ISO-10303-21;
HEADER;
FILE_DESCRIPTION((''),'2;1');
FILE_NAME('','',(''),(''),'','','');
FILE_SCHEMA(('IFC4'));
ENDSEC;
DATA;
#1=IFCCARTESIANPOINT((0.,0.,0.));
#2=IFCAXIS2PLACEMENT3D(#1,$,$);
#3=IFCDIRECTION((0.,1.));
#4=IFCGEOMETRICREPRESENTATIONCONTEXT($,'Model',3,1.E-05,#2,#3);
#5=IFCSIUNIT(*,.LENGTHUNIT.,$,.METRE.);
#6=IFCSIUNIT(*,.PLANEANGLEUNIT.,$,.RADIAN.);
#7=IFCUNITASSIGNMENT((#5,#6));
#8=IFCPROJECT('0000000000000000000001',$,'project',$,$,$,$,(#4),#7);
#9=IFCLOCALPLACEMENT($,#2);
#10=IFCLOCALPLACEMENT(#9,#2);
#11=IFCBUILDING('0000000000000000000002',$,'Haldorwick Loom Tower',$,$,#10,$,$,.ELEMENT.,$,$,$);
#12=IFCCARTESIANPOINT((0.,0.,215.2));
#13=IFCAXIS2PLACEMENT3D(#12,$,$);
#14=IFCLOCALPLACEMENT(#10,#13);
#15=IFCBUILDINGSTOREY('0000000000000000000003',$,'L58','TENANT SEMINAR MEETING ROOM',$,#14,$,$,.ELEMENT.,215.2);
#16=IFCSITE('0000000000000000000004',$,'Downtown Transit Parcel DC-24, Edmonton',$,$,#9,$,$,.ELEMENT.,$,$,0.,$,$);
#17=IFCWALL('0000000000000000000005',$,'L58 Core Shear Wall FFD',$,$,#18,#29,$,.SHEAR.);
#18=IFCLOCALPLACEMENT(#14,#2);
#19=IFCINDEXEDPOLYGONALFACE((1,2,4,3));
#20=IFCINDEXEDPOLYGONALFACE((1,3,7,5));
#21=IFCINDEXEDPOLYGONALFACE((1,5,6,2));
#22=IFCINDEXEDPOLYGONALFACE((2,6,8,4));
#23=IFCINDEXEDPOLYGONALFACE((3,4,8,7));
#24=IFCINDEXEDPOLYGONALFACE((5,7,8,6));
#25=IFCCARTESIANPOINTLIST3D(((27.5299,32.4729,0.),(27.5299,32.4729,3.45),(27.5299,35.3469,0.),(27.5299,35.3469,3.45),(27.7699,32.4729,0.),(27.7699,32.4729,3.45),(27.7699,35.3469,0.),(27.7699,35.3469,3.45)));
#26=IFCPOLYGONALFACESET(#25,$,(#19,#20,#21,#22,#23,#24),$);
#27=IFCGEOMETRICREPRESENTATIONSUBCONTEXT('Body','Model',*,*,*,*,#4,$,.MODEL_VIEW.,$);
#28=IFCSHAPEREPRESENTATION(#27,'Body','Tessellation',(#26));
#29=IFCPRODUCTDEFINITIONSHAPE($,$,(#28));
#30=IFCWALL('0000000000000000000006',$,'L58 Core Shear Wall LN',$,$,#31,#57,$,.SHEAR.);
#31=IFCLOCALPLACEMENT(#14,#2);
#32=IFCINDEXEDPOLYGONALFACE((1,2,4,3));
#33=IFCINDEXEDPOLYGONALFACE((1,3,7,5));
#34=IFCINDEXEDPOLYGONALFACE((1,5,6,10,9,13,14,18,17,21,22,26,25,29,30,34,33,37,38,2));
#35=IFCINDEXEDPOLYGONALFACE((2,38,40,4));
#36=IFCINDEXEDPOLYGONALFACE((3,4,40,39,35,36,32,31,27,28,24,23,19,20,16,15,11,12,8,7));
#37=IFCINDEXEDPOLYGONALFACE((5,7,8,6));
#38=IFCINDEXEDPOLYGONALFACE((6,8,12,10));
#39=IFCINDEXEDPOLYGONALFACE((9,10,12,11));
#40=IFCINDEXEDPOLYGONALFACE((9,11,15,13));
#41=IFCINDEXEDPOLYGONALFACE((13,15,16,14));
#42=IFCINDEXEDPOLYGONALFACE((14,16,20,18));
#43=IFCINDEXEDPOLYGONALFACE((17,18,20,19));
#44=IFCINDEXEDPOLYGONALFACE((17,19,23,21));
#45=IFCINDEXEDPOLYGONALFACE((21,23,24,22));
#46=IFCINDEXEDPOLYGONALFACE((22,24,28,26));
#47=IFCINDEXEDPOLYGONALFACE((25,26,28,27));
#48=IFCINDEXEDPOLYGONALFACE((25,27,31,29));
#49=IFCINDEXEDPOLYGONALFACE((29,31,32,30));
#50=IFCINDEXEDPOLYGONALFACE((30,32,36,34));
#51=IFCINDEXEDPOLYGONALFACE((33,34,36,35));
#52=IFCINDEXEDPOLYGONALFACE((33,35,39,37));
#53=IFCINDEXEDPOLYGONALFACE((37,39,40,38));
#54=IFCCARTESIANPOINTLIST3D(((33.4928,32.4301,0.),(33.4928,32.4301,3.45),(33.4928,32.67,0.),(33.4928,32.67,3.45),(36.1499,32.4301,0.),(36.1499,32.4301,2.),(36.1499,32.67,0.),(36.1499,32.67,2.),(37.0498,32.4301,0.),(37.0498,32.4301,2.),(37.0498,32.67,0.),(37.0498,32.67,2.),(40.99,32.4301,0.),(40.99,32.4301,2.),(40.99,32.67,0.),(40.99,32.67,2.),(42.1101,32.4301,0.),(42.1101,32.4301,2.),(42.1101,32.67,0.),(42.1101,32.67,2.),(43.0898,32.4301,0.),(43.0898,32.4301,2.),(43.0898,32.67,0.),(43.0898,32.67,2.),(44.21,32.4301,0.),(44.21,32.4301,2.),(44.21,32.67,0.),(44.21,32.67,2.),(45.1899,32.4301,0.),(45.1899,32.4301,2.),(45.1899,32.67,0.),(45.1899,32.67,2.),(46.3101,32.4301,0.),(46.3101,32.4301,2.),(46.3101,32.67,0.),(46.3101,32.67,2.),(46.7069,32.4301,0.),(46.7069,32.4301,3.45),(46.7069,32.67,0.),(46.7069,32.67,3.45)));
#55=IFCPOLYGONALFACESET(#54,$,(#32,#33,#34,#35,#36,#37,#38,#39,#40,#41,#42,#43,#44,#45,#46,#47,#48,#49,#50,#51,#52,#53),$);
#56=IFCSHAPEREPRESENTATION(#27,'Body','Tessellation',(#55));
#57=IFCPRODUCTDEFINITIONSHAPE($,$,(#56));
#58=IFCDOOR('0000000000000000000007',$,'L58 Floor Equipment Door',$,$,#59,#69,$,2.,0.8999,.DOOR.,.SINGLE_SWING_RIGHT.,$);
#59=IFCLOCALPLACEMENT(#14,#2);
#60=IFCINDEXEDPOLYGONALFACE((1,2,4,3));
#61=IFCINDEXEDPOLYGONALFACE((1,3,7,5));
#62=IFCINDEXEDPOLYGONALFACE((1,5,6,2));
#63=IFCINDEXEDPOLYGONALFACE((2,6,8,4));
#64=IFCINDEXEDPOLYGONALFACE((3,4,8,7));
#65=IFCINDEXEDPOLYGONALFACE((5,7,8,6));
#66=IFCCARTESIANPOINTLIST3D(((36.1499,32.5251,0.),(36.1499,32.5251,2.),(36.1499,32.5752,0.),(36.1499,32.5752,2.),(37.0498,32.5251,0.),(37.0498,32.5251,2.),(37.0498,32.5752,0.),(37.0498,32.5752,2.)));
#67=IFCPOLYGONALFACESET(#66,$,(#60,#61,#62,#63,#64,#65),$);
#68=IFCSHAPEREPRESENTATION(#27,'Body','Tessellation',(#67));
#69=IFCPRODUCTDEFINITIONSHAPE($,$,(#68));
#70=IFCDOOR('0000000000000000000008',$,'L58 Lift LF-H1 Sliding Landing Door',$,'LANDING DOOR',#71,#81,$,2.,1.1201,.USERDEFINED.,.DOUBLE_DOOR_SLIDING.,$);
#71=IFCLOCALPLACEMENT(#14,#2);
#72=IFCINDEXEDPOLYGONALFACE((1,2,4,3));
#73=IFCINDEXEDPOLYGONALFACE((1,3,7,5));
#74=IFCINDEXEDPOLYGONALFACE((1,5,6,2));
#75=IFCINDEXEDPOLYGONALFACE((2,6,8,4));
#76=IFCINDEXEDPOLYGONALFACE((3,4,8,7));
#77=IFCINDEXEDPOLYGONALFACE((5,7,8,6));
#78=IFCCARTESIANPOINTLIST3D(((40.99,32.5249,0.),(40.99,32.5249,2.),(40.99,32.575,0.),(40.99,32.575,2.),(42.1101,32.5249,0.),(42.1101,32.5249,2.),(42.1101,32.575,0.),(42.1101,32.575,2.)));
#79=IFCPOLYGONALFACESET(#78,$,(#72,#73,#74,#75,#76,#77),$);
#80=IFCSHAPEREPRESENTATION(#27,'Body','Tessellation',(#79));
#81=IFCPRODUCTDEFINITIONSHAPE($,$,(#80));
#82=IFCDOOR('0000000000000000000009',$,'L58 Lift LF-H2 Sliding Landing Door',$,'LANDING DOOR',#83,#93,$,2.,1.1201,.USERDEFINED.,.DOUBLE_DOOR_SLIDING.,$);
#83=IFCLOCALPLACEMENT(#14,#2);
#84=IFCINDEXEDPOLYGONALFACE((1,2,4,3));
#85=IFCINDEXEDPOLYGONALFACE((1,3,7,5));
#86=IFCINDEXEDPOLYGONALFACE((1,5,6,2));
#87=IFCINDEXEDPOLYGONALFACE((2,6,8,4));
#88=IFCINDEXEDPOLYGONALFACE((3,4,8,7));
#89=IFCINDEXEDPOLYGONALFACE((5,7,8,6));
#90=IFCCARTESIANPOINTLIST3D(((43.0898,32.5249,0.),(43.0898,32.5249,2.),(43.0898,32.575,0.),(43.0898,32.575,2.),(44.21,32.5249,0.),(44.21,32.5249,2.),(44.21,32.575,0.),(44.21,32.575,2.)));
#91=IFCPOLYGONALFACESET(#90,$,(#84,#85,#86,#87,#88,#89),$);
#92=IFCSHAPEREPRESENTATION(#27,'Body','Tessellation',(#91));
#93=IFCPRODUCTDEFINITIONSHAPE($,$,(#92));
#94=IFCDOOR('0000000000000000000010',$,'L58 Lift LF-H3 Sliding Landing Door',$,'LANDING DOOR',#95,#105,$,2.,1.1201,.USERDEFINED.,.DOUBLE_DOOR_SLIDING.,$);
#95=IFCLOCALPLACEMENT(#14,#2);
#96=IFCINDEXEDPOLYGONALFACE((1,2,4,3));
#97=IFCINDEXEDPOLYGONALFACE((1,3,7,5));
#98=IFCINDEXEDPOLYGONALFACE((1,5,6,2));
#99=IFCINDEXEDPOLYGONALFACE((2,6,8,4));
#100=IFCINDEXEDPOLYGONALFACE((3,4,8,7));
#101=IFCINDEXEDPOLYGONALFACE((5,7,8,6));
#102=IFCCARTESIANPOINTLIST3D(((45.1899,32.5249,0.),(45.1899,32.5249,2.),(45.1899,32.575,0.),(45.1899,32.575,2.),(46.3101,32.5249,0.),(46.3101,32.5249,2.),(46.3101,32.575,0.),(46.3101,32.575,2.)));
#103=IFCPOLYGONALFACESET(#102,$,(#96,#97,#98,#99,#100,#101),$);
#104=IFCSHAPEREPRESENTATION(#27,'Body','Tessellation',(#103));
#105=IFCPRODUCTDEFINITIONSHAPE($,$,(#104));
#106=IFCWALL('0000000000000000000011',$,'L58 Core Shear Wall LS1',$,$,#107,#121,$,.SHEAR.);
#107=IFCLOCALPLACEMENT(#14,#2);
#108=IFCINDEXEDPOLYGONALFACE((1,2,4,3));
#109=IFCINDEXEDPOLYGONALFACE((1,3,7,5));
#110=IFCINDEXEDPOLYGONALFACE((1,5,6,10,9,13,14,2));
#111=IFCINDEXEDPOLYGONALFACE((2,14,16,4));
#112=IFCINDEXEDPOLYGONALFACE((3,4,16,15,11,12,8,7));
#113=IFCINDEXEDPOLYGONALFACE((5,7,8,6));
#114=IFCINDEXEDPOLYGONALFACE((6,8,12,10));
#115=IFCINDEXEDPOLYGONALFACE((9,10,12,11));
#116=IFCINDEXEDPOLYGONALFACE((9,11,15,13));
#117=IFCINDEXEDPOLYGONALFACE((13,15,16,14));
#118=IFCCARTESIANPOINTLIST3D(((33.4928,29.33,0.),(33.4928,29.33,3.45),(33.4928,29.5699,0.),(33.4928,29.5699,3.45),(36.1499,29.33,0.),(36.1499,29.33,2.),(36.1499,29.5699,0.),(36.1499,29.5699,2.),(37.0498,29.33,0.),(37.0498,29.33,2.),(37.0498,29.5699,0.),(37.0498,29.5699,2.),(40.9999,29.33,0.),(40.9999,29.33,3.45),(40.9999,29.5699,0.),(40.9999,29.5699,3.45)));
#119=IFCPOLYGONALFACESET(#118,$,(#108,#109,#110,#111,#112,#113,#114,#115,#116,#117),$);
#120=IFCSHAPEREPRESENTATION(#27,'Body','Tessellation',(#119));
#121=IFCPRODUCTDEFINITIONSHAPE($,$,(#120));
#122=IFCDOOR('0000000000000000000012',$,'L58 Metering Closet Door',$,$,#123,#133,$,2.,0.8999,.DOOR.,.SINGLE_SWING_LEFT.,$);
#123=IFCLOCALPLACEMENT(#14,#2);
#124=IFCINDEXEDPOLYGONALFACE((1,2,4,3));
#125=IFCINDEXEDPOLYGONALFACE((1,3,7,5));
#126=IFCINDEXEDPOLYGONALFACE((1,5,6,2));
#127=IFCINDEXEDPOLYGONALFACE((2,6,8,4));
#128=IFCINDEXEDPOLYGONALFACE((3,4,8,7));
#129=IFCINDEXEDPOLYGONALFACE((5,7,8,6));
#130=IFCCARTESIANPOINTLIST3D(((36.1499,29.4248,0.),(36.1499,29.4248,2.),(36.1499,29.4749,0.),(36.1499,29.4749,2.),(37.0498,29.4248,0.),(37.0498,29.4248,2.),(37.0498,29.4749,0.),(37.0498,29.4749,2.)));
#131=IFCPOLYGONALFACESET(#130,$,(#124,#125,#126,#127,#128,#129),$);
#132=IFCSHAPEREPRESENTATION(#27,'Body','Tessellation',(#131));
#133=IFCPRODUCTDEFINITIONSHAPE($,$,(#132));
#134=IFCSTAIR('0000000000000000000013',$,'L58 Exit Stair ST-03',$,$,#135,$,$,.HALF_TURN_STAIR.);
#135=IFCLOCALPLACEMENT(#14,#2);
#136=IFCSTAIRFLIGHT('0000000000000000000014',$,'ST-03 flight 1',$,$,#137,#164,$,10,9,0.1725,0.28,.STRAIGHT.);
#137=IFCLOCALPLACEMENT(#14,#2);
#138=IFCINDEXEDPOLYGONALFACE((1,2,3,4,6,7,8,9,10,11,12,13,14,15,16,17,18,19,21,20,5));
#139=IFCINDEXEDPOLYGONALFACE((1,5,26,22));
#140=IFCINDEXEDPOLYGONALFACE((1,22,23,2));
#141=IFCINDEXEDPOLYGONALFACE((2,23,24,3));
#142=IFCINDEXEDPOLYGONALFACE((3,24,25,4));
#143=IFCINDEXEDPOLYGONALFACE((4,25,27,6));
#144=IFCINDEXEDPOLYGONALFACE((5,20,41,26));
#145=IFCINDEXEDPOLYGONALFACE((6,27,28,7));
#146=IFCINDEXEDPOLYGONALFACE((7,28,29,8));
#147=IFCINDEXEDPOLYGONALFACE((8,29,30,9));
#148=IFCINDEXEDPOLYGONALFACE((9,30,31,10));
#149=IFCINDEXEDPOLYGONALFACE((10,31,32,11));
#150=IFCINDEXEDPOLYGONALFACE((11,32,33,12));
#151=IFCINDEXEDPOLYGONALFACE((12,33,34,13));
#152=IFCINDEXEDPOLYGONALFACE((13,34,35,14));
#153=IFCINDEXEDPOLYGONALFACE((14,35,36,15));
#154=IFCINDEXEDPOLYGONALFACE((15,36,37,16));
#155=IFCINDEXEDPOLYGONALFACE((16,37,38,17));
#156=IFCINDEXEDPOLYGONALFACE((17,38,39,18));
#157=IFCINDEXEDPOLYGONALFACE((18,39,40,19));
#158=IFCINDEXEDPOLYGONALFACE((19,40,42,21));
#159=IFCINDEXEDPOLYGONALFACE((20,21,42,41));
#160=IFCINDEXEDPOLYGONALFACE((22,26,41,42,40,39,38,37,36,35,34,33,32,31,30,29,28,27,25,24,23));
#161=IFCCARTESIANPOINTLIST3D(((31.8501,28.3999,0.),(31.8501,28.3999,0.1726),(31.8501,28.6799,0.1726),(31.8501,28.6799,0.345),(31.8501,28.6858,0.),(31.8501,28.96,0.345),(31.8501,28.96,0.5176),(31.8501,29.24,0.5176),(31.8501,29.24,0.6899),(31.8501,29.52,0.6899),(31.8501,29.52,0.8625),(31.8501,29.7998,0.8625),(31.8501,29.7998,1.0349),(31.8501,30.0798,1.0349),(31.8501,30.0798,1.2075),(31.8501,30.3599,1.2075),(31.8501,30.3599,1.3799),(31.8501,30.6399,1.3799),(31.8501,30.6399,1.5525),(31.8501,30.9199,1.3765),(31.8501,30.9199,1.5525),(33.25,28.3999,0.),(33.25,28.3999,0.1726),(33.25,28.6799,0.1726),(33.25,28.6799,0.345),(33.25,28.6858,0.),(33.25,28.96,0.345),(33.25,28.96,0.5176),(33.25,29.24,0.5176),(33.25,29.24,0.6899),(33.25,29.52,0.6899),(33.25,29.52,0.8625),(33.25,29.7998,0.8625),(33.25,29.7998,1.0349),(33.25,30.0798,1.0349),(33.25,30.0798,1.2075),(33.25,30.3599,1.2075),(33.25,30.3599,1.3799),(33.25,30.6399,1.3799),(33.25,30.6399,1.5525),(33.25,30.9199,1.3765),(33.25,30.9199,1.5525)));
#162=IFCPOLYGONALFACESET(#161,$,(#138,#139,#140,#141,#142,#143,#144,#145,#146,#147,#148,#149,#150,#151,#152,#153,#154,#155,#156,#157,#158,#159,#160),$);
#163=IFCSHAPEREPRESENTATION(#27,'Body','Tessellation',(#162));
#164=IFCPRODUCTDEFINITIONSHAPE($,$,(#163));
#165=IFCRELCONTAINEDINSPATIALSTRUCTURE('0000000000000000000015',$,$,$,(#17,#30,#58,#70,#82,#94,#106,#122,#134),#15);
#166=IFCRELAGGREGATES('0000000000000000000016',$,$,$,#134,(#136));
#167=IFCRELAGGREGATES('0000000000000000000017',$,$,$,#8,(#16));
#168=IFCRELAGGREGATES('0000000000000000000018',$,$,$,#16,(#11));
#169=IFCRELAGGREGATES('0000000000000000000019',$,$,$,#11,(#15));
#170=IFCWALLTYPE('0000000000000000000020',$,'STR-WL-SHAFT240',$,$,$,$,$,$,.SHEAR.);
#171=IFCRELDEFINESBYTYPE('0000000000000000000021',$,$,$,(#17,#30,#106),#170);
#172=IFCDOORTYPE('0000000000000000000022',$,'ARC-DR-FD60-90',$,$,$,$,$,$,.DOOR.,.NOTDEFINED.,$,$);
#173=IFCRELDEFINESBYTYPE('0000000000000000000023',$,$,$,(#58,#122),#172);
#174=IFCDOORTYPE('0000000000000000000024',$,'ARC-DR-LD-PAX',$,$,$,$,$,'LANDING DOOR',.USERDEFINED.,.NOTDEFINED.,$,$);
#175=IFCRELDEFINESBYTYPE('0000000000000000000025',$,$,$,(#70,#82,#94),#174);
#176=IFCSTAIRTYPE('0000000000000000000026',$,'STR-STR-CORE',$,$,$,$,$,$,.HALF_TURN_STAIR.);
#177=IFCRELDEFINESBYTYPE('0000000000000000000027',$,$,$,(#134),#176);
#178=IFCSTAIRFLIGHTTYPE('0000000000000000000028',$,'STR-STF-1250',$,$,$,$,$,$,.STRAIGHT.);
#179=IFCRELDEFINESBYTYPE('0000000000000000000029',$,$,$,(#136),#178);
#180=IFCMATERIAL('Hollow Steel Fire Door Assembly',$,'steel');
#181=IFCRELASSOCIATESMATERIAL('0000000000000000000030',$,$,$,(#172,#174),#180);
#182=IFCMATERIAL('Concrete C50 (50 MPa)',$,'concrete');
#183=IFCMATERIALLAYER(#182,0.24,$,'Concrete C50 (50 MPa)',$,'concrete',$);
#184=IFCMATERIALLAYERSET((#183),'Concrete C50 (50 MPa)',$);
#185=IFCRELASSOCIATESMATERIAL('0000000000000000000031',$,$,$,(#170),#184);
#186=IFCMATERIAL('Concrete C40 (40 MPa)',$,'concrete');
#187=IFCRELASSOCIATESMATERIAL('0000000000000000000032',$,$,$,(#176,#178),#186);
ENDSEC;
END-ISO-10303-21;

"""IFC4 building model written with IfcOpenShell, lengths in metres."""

from ifc_helpers import new_model, si_unit, direction, frame, frame_2d, origin, place, context, subcontext, project, spatial, polyline, rectangle, outline, extrude, material, layer, layer_set, type_object, element, fill, aggregate, save


model = new_model("IFC4")

# Units and contexts
model_context = context("Model", 3, precision=1e-05, world=origin(), true_north=direction((0.0, 1.0)))
body_context = subcontext(model_context, "Body", "Model", "MODEL_VIEW")
ifc_project = project(units=[si_unit("LENGTHUNIT", "METRE"), si_unit("PLANEANGLEUNIT", "RADIAN")], contexts=[model_context])

# Site, building, storey
site_placement = place(None, origin())
site = spatial("IfcSite", under=ifc_project, at=site_placement, Name="Downtown Transit Parcel DC-24, Edmonton", CompositionType="ELEMENT", RefElevation=0.0)
building_placement = place(site_placement, origin())
building = spatial("IfcBuilding", under=site, at=building_placement, Name="Haldorwick Loom Tower", CompositionType="ELEMENT")
storey_placement = place(building_placement, frame((0.0, 0.0, 215.2)))
storey = spatial("IfcBuildingStorey", under=building, at=storey_placement, Name="L58", Description="TENANT SEMINAR MEETING ROOM", CompositionType="ELEMENT", Elevation=215.2)

# Shared definitions
ifc_material_1 = material(Name="Hollow Steel Fire Door Assembly", Category="steel")
door_type_1 = type_object("IfcDoorType", Name="ARC-DR-FD60-90", OperationType="NOTDEFINED", PredefinedType="DOOR", material=ifc_material_1)

# Shared definitions
ifc_material_2 = material(Name="Concrete C50 (50 MPa)", Category="concrete")
ifc_layer_1 = layer(ifc_material_2, 0.24, Name="Concrete C50 (50 MPa)", Category="concrete")
ifc_layer_set_1 = layer_set([ifc_layer_1], Name="Concrete C50 (50 MPa)")
wall_type_1 = type_object("IfcWallType", Name="STR-WL-SHAFT240", PredefinedType="SHEAR", material=ifc_layer_set_1)

# Wall
wall_1_placement = place(storey_placement, frame((27.6499, 32.4729, 0.0), z_axis=(0.0, 0.0, 1.0), x_axis=(0.0, 1.0, 0.0)))
element("IfcWall", 1, at=wall_1_placement, inside=storey, type_object=wall_type_1, Name="L58 Core Shear Wall FFD", PredefinedType="SHEAR", context=body_context, shape_type="SweptSolid", body=[
    extrude(rectangle(XDim=2.874, YDim=0.24, at=frame_2d((1.437, 0.0))), origin(), (0.0, 0.0, 1.0), 3.45),
])

# Wall, openings, doors
wall_2_placement = place(storey_placement, frame((33.4929, 32.55, 0.0), z_axis=(0.0, 0.0, 1.0), x_axis=(1.0, 0.0, 0.0)))
wall_2 = element("IfcWall", 2, at=wall_2_placement, inside=storey, type_object=wall_type_1, Name="L58 Core Shear Wall LN", PredefinedType="SHEAR", context=body_context, shape_type="SweptSolid", body=[
    extrude(rectangle(XDim=13.2141, YDim=0.24, at=frame_2d((6.6069, 0.0))), origin(), (0.0, 0.0, 1.0), 3.45),
])
opening_1_placement = place(wall_2_placement, frame((2.657, 0.0, 0.0)))
opening_1 = element("IfcOpeningElement", 3, at=opening_1_placement, cuts=wall_2, PredefinedType="OPENING", context=body_context, shape_type="SweptSolid", body=[
    extrude(rectangle(XDim=0.8999, YDim=2.0, at=frame_2d((0.45, 1.0))), frame((0.0, 0.1299, 0.0), z_axis=(0.0, -1.0, 0.0), x_axis=(1.0, 0.0, 0.0)), (0.0, 0.0, 1.0), 0.26),
])
opening_2_placement = place(wall_2_placement, frame((7.4971, 0.0, 0.0)))
opening_2 = element("IfcOpeningElement", 4, at=opening_2_placement, cuts=wall_2, PredefinedType="OPENING", context=body_context, shape_type="SweptSolid", body=[
    extrude(rectangle(XDim=1.1201, YDim=2.0, at=frame_2d((0.5601, 1.0))), frame((0.0, 0.1299, 0.0), z_axis=(0.0, -1.0, 0.0), x_axis=(1.0, 0.0, 0.0)), (0.0, 0.0, 1.0), 0.26),
])
opening_3_placement = place(wall_2_placement, frame((9.5969, 0.0, 0.0)))
opening_3 = element("IfcOpeningElement", 5, at=opening_3_placement, cuts=wall_2, PredefinedType="OPENING", context=body_context, shape_type="SweptSolid", body=[
    extrude(rectangle(XDim=1.1201, YDim=2.0, at=frame_2d((0.5601, 1.0))), frame((0.0, 0.1299, 0.0), z_axis=(0.0, -1.0, 0.0), x_axis=(1.0, 0.0, 0.0)), (0.0, 0.0, 1.0), 0.26),
])
opening_4_placement = place(wall_2_placement, frame((11.697, 0.0, 0.0)))
opening_4 = element("IfcOpeningElement", 6, at=opening_4_placement, cuts=wall_2, PredefinedType="OPENING", context=body_context, shape_type="SweptSolid", body=[
    extrude(rectangle(XDim=1.1201, YDim=2.0, at=frame_2d((0.5601, 1.0))), frame((0.0, 0.1299, 0.0), z_axis=(0.0, -1.0, 0.0), x_axis=(1.0, 0.0, 0.0)), (0.0, 0.0, 1.0), 0.26),
])
door_1_placement = place(opening_1_placement, frame((0.8999, 0.0, 0.0), z_axis=(0.0, 0.0, 1.0), x_axis=(-1.0, 0.0, 0.0)))
door_1 = element("IfcDoor", 7, at=door_1_placement, inside=storey, type_object=door_type_1, Name="L58 Floor Equipment Door", OperationType="SINGLE_SWING_RIGHT", OverallHeight=2.0, OverallWidth=0.8999, PredefinedType="DOOR", context=body_context, shape_type="SweptSolid", body=[
    extrude(rectangle(XDim=0.8999, YDim=2.0, at=frame_2d((0.45, 1.0))), frame((0.0, 0.0249, 0.0), z_axis=(0.0, -1.0, 0.0), x_axis=(1.0, 0.0, 0.0)), (0.0, 0.0, 1.0), 0.05),
])
fill(opening_1, door_1)
door_type_2 = type_object("IfcDoorType", Name="ARC-DR-LD-PAX", ElementType="LANDING DOOR", OperationType="NOTDEFINED", PredefinedType="USERDEFINED", material=ifc_material_1)
door_2_placement = place(opening_2_placement, origin())
door_2 = element("IfcDoor", 8, at=door_2_placement, inside=storey, type_object=door_type_2, Name="L58 Lift LF-H1 Sliding Landing Door", ObjectType="LANDING DOOR", OperationType="DOUBLE_DOOR_SLIDING", OverallHeight=2.0, OverallWidth=1.1201, PredefinedType="USERDEFINED", context=body_context, shape_type="SweptSolid", body=[
    extrude(rectangle(XDim=1.1201, YDim=2.0, at=frame_2d((0.5601, 1.0))), frame((0.0, 0.0249, 0.0), z_axis=(0.0, -1.0, 0.0), x_axis=(1.0, 0.0, 0.0)), (0.0, 0.0, 1.0), 0.05),
])
fill(opening_2, door_2)
door_3_placement = place(opening_3_placement, origin())
door_3 = element("IfcDoor", 9, at=door_3_placement, inside=storey, type_object=door_type_2, Name="L58 Lift LF-H2 Sliding Landing Door", ObjectType="LANDING DOOR", OperationType="DOUBLE_DOOR_SLIDING", OverallHeight=2.0, OverallWidth=1.1201, PredefinedType="USERDEFINED", context=body_context, shape_type="SweptSolid", body=[
    extrude(rectangle(XDim=1.1201, YDim=2.0, at=frame_2d((0.5601, 1.0))), frame((0.0, 0.0249, 0.0), z_axis=(0.0, -1.0, 0.0), x_axis=(1.0, 0.0, 0.0)), (0.0, 0.0, 1.0), 0.05),
])
fill(opening_3, door_3)
door_4_placement = place(opening_4_placement, origin())
door_4 = element("IfcDoor", 10, at=door_4_placement, inside=storey, type_object=door_type_2, Name="L58 Lift LF-H3 Sliding Landing Door", ObjectType="LANDING DOOR", OperationType="DOUBLE_DOOR_SLIDING", OverallHeight=2.0, OverallWidth=1.1201, PredefinedType="USERDEFINED", context=body_context, shape_type="SweptSolid", body=[
    extrude(rectangle(XDim=1.1201, YDim=2.0, at=frame_2d((0.5601, 1.0))), frame((0.0, 0.0249, 0.0), z_axis=(0.0, -1.0, 0.0), x_axis=(1.0, 0.0, 0.0)), (0.0, 0.0, 1.0), 0.05),
])
fill(opening_4, door_4)

# Wall, opening, door
wall_3_placement = place(storey_placement, frame((33.4929, 29.45, 0.0), z_axis=(0.0, 0.0, 1.0), x_axis=(1.0, 0.0, 0.0)))
wall_3 = element("IfcWall", 11, at=wall_3_placement, inside=storey, type_object=wall_type_1, Name="L58 Core Shear Wall LS1", PredefinedType="SHEAR", context=body_context, shape_type="SweptSolid", body=[
    extrude(rectangle(XDim=7.5071, YDim=0.24, at=frame_2d((3.7534, 0.0))), origin(), (0.0, 0.0, 1.0), 3.45),
])
opening_5_placement = place(wall_3_placement, frame((2.657, 0.0, 0.0)))
opening_5 = element("IfcOpeningElement", 12, at=opening_5_placement, cuts=wall_3, PredefinedType="OPENING", context=body_context, shape_type="SweptSolid", body=[
    extrude(rectangle(XDim=0.8999, YDim=2.0, at=frame_2d((0.45, 1.0))), frame((0.0, 0.1299, 0.0), z_axis=(0.0, -1.0, 0.0), x_axis=(1.0, 0.0, 0.0)), (0.0, 0.0, 1.0), 0.26),
])
door_5_placement = place(opening_5_placement, origin())
door_5 = element("IfcDoor", 13, at=door_5_placement, inside=storey, type_object=door_type_1, Name="L58 Metering Closet Door", OperationType="SINGLE_SWING_LEFT", OverallHeight=2.0, OverallWidth=0.8999, PredefinedType="DOOR", context=body_context, shape_type="SweptSolid", body=[
    extrude(rectangle(XDim=0.8999, YDim=2.0, at=frame_2d((0.45, 1.0))), frame((0.0, 0.0249, 0.0), z_axis=(0.0, -1.0, 0.0), x_axis=(1.0, 0.0, 0.0)), (0.0, 0.0, 1.0), 0.05),
])
fill(opening_5, door_5)

# Stair, stair flight
ifc_material_3 = material(Name="Concrete C40 (40 MPa)", Category="concrete")
stair_type = type_object("IfcStairType", Name="STR-STR-CORE", PredefinedType="HALF_TURN_STAIR", material=ifc_material_3)
stair_placement = place(storey_placement, origin())
stair = element("IfcStair", 14, at=stair_placement, inside=storey, type_object=stair_type, Name="L58 Exit Stair ST-03", PredefinedType="HALF_TURN_STAIR")
stair_flight_type = type_object("IfcStairFlightType", Name="STR-STF-1250", PredefinedType="STRAIGHT", material=ifc_material_3)
stair_flight_1_placement = place(storey_placement, frame((32.55, 28.3999, 0.0), z_axis=(0.0, 0.0, 1.0), x_axis=(0.0, 1.0, 0.0)))
stair_flight_1 = element("IfcStairFlight", 15, at=stair_flight_1_placement, type_object=stair_flight_type, Name="ST-03 flight 1", NumberOfRisers=10, NumberOfTreads=9, PredefinedType="STRAIGHT", RiserHeight=0.1725, TreadLength=0.28, context=body_context, shape_type="SweptSolid", body=[
    extrude(outline(polyline([(0.0, 0.0), (0.0, 0.1726), (0.28, 0.1726), (0.28, 0.345), (0.5601, 0.345), (0.5601, 0.5176), (0.8401, 0.5176), (0.8401, 0.6899), (1.1201, 0.6899), (1.1201, 0.8625), (1.3999, 0.8625), (1.3999, 1.0349), (1.6799, 1.0349), (1.6799, 1.2075), (1.96, 1.2075), (1.96, 1.3799), (2.24, 1.3799), (2.24, 1.5525), (2.52, 1.5525), (2.52, 1.7251), (2.52, 1.3765), (0.2859, 0.0), (0.0, 0.0)])), frame((0.0, 0.7, 0.0), z_axis=(0.0, -1.0, 0.0), x_axis=(1.0, 0.0, 0.0)), (0.0, 0.0, 1.0), 1.3999),
])
aggregate(stair, [stair_flight_1])

save(model, "model.ifc")
